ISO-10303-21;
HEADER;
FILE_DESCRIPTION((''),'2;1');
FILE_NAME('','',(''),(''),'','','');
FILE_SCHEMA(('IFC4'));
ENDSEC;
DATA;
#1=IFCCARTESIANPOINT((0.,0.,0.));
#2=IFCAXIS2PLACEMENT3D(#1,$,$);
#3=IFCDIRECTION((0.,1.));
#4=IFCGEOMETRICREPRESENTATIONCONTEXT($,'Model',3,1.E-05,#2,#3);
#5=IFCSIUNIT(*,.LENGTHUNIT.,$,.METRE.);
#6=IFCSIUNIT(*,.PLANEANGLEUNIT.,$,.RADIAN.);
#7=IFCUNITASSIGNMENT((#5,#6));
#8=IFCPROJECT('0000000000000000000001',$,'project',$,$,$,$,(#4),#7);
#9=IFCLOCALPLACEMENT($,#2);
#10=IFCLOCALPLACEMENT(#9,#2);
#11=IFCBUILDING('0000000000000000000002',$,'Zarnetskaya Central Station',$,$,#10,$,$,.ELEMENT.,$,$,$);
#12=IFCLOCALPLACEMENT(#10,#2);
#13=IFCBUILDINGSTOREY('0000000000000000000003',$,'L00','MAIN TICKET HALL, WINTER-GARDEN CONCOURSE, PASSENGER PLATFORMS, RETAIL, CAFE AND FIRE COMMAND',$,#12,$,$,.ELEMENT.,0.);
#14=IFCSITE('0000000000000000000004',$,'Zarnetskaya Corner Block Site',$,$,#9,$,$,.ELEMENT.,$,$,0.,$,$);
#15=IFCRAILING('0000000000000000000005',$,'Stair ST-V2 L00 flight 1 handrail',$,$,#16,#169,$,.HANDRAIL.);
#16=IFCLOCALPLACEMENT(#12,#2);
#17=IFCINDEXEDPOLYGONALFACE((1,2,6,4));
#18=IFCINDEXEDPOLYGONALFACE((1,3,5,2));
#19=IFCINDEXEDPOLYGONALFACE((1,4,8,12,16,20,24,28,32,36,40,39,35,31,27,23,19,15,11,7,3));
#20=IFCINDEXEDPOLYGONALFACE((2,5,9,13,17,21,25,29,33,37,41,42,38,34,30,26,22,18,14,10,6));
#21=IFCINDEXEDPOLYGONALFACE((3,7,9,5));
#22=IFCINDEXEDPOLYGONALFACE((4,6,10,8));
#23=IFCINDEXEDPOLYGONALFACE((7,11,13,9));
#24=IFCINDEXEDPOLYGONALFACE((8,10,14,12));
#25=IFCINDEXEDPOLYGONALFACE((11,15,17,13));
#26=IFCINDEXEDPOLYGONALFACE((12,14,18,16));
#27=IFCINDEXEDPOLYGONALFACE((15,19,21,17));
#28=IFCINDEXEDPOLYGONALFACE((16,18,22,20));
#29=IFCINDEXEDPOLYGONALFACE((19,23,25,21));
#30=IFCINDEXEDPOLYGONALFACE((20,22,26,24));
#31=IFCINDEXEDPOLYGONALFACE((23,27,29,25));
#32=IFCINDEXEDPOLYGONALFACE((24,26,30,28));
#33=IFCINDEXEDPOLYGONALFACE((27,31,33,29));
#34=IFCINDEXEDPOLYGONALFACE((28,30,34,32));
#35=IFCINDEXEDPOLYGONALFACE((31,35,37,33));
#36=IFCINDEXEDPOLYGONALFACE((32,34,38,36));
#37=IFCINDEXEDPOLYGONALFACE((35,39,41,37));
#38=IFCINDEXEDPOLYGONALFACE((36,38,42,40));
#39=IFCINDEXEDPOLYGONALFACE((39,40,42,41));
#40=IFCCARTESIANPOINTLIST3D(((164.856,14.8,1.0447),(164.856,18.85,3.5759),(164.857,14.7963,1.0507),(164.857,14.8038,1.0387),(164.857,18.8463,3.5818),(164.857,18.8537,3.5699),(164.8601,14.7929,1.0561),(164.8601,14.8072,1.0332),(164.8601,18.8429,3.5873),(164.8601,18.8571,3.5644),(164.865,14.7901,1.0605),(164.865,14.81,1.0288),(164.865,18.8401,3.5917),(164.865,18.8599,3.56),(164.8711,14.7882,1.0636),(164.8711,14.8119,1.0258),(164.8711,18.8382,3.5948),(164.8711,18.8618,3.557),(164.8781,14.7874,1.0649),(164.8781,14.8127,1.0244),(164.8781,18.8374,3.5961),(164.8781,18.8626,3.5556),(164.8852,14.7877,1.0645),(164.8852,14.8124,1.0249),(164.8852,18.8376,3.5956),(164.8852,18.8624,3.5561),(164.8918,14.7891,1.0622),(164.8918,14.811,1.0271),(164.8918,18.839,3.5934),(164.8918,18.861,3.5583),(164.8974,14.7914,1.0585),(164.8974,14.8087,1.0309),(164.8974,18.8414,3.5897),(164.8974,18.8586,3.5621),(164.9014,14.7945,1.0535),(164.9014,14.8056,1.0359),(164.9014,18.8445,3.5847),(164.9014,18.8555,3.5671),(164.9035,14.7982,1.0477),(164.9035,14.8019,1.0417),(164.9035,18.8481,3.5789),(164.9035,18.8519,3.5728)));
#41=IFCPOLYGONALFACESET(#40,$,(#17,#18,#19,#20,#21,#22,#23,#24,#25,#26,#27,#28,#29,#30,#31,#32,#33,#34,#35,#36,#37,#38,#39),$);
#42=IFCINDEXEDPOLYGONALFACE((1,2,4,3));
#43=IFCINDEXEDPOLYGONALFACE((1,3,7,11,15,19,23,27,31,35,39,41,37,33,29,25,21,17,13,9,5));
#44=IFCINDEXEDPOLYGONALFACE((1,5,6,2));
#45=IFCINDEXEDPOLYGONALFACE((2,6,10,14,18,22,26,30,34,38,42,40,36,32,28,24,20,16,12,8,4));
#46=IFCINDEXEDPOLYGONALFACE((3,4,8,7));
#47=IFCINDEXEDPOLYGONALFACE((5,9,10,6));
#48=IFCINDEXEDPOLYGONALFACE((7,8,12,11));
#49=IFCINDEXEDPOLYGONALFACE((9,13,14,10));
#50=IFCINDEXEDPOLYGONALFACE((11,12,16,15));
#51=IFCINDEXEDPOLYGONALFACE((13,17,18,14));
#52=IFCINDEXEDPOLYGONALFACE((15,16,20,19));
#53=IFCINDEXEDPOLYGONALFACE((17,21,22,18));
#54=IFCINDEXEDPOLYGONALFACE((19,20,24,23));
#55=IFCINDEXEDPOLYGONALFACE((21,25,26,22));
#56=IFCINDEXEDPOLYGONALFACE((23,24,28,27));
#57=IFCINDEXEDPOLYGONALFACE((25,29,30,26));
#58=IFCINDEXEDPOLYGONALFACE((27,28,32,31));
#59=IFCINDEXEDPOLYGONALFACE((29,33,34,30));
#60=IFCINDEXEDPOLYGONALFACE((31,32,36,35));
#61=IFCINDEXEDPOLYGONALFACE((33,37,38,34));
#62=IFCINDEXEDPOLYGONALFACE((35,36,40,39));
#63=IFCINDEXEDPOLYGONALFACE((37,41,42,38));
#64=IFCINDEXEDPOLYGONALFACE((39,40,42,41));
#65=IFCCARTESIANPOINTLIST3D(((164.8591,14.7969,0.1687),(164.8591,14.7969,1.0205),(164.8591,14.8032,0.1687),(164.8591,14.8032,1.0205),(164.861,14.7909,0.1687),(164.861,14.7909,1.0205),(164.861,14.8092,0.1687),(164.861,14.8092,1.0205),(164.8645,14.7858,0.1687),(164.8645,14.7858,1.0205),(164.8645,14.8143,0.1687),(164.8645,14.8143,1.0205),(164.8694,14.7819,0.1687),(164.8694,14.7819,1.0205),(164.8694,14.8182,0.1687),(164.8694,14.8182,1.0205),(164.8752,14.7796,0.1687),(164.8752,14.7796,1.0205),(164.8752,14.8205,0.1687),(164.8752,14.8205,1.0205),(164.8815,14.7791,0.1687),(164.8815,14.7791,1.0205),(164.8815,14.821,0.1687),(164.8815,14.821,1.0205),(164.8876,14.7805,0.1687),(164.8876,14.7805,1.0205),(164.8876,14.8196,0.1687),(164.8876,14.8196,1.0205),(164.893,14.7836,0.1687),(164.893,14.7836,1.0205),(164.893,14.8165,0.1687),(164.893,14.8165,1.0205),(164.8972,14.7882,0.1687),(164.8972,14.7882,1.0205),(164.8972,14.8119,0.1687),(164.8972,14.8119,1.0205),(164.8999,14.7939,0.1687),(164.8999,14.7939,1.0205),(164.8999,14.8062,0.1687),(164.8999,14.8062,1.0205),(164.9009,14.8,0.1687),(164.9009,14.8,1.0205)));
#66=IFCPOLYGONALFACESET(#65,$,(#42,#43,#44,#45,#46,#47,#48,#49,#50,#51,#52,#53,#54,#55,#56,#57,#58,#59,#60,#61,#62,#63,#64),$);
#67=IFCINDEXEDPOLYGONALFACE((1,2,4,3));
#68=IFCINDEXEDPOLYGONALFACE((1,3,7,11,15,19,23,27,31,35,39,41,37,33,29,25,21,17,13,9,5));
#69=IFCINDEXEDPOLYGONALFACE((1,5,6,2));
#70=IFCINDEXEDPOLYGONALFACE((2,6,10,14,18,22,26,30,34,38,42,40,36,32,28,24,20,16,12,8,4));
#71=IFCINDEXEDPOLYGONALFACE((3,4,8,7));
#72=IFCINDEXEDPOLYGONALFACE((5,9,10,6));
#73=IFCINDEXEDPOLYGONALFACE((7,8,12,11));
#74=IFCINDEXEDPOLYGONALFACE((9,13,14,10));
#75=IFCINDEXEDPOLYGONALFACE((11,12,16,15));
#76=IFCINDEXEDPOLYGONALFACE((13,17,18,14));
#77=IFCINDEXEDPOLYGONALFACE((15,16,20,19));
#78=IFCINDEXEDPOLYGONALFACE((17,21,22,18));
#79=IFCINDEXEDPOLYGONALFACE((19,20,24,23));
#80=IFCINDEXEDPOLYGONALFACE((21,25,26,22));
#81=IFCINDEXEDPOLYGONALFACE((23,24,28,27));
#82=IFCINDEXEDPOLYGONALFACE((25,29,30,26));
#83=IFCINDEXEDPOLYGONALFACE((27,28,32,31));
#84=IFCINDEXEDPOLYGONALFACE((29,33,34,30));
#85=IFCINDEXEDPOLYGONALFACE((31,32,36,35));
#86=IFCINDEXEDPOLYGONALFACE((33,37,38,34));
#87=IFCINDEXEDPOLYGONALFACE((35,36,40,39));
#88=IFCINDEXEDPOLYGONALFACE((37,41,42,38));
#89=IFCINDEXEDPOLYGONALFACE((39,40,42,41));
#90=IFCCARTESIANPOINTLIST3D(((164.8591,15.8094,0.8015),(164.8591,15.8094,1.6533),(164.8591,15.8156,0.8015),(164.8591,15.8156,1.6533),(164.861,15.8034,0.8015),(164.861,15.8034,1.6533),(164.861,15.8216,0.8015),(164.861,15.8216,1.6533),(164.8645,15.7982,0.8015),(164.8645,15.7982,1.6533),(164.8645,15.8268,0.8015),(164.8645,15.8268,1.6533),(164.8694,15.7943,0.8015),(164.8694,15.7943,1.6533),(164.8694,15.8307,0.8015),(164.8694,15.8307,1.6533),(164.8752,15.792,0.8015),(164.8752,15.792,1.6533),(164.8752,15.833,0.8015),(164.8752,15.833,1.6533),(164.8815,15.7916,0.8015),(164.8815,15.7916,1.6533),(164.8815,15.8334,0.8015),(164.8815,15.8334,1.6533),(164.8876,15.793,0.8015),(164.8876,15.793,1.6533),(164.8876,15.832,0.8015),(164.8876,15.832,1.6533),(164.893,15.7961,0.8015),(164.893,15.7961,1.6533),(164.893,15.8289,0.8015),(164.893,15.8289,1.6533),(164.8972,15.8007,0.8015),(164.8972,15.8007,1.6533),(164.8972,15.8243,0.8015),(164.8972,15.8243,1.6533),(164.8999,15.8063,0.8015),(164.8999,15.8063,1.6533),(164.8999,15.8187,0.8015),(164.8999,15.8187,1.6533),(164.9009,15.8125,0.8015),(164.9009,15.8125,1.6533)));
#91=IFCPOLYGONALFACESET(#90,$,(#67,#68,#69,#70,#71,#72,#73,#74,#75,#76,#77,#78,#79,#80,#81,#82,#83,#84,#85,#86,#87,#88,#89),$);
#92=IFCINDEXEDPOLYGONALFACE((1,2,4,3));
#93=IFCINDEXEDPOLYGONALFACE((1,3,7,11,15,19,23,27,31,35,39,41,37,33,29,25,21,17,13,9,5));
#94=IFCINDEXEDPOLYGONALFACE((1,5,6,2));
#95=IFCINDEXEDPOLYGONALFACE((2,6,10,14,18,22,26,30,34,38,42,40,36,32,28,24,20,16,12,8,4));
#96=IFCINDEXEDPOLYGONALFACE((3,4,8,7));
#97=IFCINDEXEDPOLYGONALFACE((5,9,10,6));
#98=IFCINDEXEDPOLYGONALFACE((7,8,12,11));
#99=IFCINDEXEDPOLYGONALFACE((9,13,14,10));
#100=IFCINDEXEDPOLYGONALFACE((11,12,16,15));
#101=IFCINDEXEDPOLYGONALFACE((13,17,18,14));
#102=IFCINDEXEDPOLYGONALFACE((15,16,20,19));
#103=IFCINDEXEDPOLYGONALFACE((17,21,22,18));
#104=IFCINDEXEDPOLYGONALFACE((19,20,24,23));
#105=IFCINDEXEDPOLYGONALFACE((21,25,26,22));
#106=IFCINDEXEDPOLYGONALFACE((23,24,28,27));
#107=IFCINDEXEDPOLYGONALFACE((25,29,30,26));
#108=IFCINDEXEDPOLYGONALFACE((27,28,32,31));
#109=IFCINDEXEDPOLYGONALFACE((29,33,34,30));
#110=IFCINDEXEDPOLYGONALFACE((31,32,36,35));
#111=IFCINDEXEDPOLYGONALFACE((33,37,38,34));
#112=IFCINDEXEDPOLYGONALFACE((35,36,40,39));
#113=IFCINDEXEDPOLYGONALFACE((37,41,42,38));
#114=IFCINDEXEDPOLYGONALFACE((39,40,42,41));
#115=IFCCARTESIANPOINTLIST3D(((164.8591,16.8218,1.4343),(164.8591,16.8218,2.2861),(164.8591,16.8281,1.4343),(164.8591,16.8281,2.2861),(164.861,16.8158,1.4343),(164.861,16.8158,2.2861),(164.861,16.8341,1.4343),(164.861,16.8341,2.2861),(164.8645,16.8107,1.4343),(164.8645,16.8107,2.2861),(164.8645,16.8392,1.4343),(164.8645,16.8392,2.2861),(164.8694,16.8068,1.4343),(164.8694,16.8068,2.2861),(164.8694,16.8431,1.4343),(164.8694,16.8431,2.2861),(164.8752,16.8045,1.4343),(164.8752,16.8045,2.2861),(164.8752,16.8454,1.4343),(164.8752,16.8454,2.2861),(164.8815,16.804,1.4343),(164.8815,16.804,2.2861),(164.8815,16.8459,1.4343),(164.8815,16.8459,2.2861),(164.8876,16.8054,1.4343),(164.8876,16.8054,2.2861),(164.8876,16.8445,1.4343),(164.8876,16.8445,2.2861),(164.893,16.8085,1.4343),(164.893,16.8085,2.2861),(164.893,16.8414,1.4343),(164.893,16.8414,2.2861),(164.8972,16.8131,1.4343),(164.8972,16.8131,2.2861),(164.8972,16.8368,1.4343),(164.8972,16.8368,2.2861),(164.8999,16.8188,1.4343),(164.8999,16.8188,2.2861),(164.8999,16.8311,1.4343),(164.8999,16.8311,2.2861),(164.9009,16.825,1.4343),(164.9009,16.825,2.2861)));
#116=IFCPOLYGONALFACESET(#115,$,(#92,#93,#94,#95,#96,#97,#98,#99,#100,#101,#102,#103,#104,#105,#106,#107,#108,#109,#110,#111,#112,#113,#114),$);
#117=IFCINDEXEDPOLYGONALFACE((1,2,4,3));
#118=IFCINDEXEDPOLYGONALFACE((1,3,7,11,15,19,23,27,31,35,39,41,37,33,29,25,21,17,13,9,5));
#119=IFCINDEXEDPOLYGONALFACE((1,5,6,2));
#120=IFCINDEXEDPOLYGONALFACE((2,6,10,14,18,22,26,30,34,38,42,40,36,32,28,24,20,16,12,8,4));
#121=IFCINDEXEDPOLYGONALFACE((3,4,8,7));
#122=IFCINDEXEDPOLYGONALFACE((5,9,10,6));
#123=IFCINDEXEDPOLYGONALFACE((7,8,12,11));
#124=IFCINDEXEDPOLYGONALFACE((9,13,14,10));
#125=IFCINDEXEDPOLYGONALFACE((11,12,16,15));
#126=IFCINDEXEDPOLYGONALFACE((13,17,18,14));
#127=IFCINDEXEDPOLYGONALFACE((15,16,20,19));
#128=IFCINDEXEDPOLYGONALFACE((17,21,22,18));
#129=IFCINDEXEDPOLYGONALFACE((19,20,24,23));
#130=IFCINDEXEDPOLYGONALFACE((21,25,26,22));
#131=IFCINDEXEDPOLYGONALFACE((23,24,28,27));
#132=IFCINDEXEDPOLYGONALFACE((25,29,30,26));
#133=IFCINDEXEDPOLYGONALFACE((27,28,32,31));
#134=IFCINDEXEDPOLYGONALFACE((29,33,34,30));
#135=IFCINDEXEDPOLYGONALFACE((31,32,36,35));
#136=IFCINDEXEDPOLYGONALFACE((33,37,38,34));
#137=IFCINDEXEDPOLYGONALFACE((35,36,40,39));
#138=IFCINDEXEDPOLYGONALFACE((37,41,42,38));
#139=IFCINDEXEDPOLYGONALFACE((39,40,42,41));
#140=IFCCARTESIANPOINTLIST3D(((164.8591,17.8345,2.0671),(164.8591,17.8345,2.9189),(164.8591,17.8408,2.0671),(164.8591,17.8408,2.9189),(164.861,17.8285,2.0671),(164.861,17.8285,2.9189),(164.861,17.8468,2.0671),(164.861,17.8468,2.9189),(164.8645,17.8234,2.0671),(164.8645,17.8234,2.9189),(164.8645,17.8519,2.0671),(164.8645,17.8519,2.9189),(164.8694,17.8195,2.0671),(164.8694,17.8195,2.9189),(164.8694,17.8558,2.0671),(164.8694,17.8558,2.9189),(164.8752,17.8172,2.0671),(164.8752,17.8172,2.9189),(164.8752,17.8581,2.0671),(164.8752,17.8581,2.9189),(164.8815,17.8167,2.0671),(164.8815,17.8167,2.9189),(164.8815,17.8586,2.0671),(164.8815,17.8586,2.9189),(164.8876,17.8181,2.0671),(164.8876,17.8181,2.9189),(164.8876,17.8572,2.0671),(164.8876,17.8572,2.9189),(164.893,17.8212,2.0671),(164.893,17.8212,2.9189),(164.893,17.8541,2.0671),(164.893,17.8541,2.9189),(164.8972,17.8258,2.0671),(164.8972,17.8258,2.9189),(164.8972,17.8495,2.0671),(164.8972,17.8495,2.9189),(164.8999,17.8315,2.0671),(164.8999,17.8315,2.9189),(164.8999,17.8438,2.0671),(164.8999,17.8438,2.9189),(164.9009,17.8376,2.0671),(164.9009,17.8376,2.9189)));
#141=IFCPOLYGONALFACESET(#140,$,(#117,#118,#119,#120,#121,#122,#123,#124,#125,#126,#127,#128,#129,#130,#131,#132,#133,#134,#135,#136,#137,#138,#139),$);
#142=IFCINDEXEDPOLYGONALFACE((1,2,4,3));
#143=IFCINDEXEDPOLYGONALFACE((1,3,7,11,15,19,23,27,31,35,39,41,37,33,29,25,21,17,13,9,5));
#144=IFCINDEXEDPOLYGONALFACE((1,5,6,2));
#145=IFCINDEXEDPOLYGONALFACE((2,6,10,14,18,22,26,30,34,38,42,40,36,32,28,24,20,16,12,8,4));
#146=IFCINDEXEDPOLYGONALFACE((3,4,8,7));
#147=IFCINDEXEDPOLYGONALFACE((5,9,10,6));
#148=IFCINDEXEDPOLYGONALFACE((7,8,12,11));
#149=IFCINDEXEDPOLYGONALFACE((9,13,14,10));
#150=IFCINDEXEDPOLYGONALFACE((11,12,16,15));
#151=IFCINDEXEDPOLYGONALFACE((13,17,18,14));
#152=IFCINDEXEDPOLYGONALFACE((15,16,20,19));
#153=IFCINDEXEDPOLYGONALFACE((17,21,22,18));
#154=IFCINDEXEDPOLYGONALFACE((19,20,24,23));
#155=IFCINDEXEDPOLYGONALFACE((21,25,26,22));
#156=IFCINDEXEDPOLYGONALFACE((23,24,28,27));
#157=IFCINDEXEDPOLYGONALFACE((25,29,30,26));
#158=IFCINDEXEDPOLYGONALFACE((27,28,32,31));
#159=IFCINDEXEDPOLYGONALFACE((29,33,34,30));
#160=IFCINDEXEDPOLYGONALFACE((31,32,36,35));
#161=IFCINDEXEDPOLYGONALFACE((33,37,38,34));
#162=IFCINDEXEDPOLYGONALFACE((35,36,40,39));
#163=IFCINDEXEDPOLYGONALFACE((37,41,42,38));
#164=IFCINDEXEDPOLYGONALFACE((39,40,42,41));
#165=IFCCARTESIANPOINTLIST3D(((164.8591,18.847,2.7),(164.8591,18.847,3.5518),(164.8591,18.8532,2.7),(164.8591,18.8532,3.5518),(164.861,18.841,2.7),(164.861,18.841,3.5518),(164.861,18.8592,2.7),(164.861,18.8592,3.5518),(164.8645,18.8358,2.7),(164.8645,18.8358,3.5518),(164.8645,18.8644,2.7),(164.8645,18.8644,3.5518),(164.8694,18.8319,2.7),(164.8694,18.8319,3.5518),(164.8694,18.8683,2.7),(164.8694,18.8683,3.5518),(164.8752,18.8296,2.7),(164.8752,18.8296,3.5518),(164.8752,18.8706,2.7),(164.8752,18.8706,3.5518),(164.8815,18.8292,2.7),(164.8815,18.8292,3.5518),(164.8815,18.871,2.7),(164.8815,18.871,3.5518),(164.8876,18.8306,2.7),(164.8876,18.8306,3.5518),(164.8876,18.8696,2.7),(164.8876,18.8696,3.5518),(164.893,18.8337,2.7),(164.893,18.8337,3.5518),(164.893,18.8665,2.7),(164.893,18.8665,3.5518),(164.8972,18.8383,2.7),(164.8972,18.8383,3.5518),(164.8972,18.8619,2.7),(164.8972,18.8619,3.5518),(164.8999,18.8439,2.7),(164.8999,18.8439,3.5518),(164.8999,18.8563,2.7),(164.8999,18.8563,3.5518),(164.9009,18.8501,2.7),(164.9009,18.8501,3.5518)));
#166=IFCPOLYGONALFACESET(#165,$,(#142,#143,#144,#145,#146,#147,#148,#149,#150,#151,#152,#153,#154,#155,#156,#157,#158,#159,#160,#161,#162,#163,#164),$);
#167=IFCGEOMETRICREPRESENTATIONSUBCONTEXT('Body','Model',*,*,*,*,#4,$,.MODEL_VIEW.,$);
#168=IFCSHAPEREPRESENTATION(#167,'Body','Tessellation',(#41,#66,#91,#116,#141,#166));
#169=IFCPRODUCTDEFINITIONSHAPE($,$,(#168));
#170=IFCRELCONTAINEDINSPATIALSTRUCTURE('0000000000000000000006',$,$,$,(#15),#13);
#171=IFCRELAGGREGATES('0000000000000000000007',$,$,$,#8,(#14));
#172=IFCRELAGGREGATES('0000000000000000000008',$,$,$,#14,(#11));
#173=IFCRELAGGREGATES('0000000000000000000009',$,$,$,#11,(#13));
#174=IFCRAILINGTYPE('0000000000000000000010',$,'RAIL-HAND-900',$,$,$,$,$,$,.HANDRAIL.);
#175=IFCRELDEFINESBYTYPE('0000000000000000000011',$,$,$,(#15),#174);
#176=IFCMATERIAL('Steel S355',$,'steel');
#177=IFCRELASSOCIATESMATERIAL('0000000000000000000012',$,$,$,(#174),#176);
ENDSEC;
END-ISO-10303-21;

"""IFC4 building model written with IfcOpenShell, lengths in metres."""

from ifc_helpers import new_model, si_unit, direction, frame, origin, origin_2d, place, context, subcontext, project, spatial, circle, extrude, material, type_object, element, save


model = new_model("IFC4")

# Units and contexts
model_context = context("Model", 3, precision=1e-05, world=origin(), true_north=direction((0.0, 1.0)))
body_context = subcontext(model_context, "Body", "Model", "MODEL_VIEW")
ifc_project = project(units=[si_unit("LENGTHUNIT", "METRE"), si_unit("PLANEANGLEUNIT", "RADIAN")], contexts=[model_context])

# Site, building, storey
site_placement = place(None, origin())
site = spatial("IfcSite", under=ifc_project, at=site_placement, Name="Zarnetskaya Corner Block Site", CompositionType="ELEMENT", RefElevation=0.0)
building_placement = place(site_placement, origin())
building = spatial("IfcBuilding", under=site, at=building_placement, Name="Zarnetskaya Central Station", CompositionType="ELEMENT")
storey_placement = place(building_placement, origin())
storey = spatial("IfcBuildingStorey", under=building, at=storey_placement, Name="L00", Description="MAIN TICKET HALL, WINTER-GARDEN CONCOURSE, PASSENGER PLATFORMS, RETAIL, CAFE AND FIRE COMMAND", CompositionType="ELEMENT", Elevation=0.0)

# Shared definitions
ifc_material_1 = material(Name="Steel S355", Category="steel")

# Railing
railing_type_1 = type_object("IfcRailingType", Name="RAIL-HAND-900", PredefinedType="HANDRAIL", material=ifc_material_1)
railing_1_placement = place(storey_placement, frame((164.8799, 14.8, 0.1687)))
element("IfcRailing", 1, at=railing_1_placement, inside=storey, type_object=railing_type_1, Name="Stair ST-V2 L00 flight 1 handrail", PredefinedType="HANDRAIL", context=body_context, shape_type="SweptSolid", body=[
    extrude(circle(Radius=0.0239, at=origin_2d()), frame((0.0, 0.0, 0.876), z_axis=(0.0, 0.848001, 0.529994), x_axis=(-1.0, 0.0, 0.0)), (0.0, 0.0, 1.0), 4.7759),
    extrude(circle(Radius=0.021, at=origin_2d()), origin(), (0.0, 0.0, 1.0), 0.8518),
    extrude(circle(Radius=0.021, at=origin_2d()), frame((0.0, 1.0125, 0.6328)), (0.0, 0.0, 1.0), 0.8518),
    extrude(circle(Radius=0.021, at=origin_2d()), frame((0.0, 2.0249, 1.2656)), (0.0, 0.0, 1.0), 0.8518),
    extrude(circle(Radius=0.021, at=origin_2d()), frame((0.0, 3.0376, 1.8984)), (0.0, 0.0, 1.0), 0.8518),
    extrude(circle(Radius=0.021, at=origin_2d()), frame((0.0, 4.05, 2.5312)), (0.0, 0.0, 1.0), 0.8518),
])

save(model, "model.ifc")
